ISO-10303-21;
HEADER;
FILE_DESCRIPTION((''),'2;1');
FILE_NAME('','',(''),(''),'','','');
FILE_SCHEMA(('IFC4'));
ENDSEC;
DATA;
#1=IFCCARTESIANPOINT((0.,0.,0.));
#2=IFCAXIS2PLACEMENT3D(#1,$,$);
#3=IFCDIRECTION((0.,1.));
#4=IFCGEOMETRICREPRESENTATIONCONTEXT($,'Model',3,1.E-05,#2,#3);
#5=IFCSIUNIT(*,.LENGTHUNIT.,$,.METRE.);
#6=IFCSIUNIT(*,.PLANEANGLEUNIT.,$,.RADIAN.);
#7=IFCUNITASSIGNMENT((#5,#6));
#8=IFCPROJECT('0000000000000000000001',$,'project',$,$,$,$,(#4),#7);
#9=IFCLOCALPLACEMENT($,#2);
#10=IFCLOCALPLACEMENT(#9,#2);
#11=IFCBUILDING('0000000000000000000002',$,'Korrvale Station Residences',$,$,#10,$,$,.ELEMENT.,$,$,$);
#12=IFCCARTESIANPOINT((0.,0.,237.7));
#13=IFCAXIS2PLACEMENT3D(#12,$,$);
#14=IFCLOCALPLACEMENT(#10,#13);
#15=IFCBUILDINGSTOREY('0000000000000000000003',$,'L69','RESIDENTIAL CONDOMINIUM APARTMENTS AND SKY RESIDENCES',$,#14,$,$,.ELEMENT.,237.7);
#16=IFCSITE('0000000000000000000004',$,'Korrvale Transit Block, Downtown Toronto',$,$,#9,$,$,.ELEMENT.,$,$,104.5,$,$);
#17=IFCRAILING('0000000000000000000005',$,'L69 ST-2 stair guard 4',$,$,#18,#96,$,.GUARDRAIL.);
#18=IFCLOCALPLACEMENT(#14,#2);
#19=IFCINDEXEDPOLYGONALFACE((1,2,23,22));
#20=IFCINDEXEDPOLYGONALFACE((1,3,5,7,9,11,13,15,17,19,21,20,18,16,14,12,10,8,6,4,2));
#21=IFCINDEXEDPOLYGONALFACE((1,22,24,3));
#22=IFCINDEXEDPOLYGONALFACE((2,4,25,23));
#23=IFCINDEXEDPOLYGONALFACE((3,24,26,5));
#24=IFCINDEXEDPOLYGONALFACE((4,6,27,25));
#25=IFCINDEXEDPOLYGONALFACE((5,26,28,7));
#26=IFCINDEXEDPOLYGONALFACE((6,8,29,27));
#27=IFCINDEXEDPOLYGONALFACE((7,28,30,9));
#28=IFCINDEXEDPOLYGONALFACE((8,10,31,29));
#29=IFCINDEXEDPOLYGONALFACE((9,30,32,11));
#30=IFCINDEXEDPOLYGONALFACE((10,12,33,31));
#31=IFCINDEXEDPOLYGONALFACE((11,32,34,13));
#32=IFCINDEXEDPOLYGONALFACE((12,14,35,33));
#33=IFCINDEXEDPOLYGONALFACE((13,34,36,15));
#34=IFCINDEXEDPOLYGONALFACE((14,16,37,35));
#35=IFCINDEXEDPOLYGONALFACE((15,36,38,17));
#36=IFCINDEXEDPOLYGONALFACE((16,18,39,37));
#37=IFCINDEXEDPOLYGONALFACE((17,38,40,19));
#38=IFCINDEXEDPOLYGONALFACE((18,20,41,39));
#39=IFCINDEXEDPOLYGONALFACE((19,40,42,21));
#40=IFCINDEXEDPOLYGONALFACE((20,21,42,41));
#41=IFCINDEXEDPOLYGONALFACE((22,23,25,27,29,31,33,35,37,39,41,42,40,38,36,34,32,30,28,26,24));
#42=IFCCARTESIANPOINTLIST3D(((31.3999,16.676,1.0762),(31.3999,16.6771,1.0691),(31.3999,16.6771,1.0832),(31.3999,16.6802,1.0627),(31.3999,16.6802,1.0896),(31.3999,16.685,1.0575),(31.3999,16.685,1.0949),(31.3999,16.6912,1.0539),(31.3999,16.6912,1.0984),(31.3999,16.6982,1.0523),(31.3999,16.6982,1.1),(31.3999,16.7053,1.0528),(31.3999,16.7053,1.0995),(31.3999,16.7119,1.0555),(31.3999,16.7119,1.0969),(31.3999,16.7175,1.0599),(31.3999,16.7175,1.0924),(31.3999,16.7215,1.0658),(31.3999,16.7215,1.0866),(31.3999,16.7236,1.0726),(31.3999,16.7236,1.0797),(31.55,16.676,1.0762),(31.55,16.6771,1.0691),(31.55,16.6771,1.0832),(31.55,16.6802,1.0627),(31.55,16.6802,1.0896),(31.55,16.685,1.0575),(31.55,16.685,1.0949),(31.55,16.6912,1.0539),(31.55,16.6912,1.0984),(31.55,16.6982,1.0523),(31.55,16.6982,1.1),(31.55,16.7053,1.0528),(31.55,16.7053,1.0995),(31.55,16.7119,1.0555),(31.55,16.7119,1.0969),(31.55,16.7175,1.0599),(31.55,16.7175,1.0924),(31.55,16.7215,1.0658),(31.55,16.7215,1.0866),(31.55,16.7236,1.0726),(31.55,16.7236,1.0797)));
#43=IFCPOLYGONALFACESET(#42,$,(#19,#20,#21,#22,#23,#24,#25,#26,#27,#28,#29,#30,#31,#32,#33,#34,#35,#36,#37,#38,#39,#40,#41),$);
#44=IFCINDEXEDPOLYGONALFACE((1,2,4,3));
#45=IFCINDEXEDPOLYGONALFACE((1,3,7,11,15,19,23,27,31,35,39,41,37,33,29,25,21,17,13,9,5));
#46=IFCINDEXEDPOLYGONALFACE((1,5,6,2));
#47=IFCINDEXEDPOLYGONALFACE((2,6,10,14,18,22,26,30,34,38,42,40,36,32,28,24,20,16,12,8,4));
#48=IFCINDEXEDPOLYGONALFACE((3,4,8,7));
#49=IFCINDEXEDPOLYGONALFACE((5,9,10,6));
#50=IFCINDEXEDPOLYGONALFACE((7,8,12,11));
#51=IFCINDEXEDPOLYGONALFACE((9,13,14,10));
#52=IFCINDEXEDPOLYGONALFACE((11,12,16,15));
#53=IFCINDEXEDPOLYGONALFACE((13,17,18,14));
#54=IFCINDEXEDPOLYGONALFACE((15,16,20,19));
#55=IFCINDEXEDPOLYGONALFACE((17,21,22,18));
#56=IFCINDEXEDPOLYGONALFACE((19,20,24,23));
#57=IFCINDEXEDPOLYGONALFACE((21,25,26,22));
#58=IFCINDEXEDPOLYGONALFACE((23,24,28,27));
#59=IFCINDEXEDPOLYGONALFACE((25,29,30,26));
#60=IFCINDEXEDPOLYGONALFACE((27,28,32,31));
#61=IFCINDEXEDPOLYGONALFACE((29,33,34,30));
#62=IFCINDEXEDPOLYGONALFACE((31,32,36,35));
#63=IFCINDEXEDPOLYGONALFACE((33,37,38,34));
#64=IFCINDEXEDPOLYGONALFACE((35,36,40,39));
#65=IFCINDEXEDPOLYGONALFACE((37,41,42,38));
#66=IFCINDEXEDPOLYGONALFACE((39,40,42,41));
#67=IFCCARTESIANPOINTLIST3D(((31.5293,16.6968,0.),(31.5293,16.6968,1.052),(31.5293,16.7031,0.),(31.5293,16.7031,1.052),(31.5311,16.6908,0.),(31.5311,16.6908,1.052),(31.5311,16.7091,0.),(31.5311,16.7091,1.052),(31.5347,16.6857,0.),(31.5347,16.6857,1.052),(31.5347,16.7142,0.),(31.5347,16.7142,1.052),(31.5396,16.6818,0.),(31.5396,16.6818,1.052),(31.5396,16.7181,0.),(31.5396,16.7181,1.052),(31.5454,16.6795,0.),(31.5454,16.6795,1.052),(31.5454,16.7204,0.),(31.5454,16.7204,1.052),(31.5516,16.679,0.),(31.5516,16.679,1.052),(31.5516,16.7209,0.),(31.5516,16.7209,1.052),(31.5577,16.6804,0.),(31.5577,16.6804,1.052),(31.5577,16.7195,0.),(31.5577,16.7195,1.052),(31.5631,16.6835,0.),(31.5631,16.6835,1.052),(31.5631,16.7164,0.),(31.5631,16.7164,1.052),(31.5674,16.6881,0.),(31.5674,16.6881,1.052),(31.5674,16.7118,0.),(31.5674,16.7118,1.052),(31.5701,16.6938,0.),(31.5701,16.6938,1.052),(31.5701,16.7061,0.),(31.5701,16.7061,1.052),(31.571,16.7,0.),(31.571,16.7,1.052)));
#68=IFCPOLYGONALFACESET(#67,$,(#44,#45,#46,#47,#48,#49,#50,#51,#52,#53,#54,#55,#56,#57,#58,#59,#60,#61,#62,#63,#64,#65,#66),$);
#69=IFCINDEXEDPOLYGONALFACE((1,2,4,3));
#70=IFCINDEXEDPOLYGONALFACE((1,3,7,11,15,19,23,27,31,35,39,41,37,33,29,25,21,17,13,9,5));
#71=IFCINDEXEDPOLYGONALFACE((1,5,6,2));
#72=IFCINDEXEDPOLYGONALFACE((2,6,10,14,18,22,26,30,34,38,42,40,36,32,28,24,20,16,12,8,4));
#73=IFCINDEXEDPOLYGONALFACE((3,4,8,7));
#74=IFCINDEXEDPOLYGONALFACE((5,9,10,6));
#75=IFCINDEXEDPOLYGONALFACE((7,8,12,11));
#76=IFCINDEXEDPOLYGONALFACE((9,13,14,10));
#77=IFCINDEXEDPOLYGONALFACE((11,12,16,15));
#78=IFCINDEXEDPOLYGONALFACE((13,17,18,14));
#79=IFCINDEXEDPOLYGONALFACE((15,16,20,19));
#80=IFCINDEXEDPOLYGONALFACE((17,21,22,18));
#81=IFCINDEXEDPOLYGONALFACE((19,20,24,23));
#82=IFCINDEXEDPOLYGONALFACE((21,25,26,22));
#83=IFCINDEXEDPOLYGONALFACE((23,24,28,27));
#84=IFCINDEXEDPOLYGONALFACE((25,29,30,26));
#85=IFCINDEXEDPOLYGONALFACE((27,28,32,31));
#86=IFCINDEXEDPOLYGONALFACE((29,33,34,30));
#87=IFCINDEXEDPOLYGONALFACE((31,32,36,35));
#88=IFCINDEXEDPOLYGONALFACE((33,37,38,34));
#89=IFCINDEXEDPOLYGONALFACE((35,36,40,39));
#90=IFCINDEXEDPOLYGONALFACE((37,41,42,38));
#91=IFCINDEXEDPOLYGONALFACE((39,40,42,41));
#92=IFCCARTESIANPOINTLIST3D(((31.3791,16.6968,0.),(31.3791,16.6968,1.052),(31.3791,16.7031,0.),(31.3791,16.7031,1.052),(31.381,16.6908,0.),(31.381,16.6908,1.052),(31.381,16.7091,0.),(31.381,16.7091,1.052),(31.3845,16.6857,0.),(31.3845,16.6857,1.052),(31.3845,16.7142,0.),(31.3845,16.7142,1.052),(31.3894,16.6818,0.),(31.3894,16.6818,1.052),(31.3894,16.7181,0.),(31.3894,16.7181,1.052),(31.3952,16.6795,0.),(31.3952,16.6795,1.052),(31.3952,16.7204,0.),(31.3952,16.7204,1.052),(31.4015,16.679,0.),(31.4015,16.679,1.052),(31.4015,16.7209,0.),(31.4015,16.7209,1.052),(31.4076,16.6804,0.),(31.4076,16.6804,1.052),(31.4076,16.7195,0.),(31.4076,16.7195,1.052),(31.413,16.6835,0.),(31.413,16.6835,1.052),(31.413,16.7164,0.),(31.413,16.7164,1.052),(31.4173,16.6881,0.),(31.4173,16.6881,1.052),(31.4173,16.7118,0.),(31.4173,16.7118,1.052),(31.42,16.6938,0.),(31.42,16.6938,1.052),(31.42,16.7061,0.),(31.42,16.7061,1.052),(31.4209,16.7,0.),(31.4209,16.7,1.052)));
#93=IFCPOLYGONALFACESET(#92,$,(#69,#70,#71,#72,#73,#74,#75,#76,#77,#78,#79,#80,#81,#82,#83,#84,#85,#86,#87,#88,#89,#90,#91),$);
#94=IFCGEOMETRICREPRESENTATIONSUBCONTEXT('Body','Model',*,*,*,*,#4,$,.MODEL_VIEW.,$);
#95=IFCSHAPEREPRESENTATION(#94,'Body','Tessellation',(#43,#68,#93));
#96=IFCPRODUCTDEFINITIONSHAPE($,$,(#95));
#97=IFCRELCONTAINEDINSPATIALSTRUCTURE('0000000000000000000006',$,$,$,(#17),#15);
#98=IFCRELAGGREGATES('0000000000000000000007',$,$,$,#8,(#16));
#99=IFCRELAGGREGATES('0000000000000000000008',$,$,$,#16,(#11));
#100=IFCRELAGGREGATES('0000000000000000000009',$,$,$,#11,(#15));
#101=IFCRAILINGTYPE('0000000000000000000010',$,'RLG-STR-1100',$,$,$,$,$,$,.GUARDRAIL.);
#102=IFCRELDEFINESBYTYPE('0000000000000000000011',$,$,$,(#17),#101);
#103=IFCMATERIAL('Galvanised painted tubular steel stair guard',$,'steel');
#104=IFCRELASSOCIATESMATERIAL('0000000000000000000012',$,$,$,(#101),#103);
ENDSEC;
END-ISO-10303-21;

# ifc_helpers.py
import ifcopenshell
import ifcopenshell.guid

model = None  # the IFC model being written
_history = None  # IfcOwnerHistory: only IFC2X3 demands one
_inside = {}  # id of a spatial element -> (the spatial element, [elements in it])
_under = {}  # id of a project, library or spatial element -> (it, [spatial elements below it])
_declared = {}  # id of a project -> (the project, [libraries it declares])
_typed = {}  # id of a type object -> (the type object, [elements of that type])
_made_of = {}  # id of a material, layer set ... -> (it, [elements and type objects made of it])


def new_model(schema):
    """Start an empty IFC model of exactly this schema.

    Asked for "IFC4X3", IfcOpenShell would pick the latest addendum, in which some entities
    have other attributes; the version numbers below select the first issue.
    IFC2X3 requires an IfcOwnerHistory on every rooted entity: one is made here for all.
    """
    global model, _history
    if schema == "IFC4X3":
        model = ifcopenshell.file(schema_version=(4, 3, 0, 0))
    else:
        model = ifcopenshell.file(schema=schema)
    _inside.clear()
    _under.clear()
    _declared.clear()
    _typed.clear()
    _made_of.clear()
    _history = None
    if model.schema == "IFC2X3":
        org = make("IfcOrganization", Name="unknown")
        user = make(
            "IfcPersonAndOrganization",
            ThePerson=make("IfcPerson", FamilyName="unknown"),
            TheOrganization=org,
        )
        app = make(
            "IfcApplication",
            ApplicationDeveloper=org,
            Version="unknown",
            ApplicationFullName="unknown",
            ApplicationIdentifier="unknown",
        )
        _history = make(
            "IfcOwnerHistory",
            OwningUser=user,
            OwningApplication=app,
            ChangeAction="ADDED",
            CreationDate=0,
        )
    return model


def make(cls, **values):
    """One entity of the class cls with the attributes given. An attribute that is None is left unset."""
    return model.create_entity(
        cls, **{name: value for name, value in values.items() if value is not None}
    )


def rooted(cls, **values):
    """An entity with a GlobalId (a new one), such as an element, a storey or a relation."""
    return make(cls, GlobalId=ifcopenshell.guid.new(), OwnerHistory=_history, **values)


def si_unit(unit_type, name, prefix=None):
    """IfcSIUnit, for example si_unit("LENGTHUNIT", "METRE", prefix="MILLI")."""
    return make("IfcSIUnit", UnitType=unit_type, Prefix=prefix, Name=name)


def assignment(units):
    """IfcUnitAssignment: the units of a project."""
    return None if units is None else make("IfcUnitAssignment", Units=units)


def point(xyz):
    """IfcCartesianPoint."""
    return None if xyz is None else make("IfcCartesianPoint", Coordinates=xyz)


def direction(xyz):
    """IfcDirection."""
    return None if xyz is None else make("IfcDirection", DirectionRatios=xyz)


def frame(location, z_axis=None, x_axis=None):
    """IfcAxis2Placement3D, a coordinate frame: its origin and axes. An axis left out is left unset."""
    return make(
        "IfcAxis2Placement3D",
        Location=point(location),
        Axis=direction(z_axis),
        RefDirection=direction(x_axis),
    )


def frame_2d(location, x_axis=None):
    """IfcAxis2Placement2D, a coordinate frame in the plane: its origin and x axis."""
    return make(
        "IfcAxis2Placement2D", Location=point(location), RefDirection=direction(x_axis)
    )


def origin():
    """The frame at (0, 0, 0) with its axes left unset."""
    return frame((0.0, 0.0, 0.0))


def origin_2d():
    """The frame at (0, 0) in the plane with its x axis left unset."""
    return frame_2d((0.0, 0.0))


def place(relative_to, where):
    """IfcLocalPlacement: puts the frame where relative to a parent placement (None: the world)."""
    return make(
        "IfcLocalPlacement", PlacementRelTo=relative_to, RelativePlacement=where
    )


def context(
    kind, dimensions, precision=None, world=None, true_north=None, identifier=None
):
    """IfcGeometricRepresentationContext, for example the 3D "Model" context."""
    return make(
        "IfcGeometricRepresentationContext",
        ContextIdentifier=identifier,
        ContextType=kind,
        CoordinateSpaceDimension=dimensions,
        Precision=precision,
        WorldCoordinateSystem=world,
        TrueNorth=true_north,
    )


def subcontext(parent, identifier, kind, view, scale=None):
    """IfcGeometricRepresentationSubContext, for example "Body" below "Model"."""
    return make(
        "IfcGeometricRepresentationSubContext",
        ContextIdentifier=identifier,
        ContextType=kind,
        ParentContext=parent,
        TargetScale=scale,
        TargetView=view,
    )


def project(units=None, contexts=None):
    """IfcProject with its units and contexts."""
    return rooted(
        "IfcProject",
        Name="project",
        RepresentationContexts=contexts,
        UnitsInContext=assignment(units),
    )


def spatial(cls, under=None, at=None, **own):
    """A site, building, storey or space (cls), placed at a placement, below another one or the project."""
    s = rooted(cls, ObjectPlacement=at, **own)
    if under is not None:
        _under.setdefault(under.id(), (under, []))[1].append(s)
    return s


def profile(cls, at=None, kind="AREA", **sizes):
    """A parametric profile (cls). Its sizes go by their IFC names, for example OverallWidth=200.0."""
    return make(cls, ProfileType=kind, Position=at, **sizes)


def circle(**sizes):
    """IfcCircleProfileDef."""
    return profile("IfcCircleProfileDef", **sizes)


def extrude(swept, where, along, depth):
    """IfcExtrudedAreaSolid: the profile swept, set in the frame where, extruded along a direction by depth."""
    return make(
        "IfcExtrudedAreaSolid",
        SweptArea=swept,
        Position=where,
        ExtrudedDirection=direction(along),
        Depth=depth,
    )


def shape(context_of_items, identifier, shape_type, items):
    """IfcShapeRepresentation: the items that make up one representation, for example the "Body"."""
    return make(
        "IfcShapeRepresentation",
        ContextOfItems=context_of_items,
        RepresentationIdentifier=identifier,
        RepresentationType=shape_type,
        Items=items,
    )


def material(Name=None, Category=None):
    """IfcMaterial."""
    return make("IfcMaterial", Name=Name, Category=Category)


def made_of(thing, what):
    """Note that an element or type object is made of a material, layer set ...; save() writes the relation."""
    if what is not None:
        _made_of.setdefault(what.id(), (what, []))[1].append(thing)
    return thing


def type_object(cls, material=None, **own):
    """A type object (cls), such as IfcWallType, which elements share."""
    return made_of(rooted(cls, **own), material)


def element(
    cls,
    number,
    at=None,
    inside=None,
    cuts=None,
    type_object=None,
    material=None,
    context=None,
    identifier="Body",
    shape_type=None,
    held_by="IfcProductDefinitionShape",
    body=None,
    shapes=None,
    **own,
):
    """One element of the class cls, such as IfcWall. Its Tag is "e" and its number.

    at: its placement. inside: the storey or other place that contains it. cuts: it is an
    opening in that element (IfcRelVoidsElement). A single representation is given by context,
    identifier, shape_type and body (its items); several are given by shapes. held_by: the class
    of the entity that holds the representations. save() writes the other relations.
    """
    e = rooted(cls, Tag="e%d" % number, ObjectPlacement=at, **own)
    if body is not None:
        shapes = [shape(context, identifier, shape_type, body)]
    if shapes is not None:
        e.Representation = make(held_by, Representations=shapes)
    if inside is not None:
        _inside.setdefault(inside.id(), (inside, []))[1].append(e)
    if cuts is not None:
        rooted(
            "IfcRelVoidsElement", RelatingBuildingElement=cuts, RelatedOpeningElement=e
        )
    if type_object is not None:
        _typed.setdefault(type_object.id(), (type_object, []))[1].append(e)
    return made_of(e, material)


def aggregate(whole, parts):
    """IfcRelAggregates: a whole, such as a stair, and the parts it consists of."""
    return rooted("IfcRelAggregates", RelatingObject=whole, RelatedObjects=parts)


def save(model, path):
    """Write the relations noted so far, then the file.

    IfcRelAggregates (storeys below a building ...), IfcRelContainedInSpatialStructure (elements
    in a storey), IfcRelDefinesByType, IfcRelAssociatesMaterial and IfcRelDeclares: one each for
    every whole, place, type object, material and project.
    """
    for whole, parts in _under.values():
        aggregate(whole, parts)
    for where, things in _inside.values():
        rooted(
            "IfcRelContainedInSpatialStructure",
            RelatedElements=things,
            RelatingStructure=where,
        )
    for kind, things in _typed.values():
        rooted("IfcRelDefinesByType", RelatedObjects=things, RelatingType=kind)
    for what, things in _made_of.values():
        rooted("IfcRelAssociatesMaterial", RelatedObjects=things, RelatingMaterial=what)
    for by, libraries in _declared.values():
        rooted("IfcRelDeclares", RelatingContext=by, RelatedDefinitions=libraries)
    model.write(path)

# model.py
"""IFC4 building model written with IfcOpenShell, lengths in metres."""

from ifc_helpers import new_model, si_unit, direction, frame, origin, origin_2d, place, context, subcontext, project, spatial, circle, extrude, material, type_object, element, save


model = new_model("IFC4")

# Units and contexts
model_context = context("Model", 3, precision=1e-05, world=origin(), true_north=direction((0.0, 1.0)))
body_context = subcontext(model_context, "Body", "Model", "MODEL_VIEW")
ifc_project = project(units=[si_unit("LENGTHUNIT", "METRE"), si_unit("PLANEANGLEUNIT", "RADIAN")], contexts=[model_context])

# Site, building, storey
site_placement = place(None, origin())
site = spatial("IfcSite", under=ifc_project, at=site_placement, Name="Korrvale Transit Block, Downtown Toronto", CompositionType="ELEMENT", RefElevation=104.5)
building_placement = place(site_placement, origin())
building = spatial("IfcBuilding", under=site, at=building_placement, Name="Korrvale Station Residences", CompositionType="ELEMENT")
storey_placement = place(building_placement, frame((0.0, 0.0, 237.7)))
storey = spatial("IfcBuildingStorey", under=building, at=storey_placement, Name="L69", Description="RESIDENTIAL CONDOMINIUM APARTMENTS AND SKY RESIDENCES", CompositionType="ELEMENT", Elevation=237.7)

# Railing
ifc_material_1 = material(Name="Galvanised painted tubular steel stair guard", Category="steel")
railing_type_1 = type_object("IfcRailingType", Name="RLG-STR-1100", PredefinedType="GUARDRAIL", material=ifc_material_1)
railing_1_placement = place(storey_placement, frame((31.55, 16.7, 0.0)))
element("IfcRailing", 1, at=railing_1_placement, inside=storey, type_object=railing_type_1, Name="L69 ST-2 stair guard 4", PredefinedType="GUARDRAIL", context=body_context, shape_type="SweptSolid", body=[
    extrude(circle(Radius=0.0239, at=origin_2d()), frame((0.0, 0.0, 1.0762), z_axis=(-1.0, 0.0, 0.0), x_axis=(0.0, -1.0, 0.0)), (0.0, 0.0, 1.0), 0.1501),
    extrude(circle(Radius=0.021, at=origin_2d()), origin(), (0.0, 0.0, 1.0), 1.052),
    extrude(circle(Radius=0.021, at=origin_2d()), frame((-0.1501, 0.0, 0.0)), (0.0, 0.0, 1.0), 1.052),
])

save(model, "model.ifc")
